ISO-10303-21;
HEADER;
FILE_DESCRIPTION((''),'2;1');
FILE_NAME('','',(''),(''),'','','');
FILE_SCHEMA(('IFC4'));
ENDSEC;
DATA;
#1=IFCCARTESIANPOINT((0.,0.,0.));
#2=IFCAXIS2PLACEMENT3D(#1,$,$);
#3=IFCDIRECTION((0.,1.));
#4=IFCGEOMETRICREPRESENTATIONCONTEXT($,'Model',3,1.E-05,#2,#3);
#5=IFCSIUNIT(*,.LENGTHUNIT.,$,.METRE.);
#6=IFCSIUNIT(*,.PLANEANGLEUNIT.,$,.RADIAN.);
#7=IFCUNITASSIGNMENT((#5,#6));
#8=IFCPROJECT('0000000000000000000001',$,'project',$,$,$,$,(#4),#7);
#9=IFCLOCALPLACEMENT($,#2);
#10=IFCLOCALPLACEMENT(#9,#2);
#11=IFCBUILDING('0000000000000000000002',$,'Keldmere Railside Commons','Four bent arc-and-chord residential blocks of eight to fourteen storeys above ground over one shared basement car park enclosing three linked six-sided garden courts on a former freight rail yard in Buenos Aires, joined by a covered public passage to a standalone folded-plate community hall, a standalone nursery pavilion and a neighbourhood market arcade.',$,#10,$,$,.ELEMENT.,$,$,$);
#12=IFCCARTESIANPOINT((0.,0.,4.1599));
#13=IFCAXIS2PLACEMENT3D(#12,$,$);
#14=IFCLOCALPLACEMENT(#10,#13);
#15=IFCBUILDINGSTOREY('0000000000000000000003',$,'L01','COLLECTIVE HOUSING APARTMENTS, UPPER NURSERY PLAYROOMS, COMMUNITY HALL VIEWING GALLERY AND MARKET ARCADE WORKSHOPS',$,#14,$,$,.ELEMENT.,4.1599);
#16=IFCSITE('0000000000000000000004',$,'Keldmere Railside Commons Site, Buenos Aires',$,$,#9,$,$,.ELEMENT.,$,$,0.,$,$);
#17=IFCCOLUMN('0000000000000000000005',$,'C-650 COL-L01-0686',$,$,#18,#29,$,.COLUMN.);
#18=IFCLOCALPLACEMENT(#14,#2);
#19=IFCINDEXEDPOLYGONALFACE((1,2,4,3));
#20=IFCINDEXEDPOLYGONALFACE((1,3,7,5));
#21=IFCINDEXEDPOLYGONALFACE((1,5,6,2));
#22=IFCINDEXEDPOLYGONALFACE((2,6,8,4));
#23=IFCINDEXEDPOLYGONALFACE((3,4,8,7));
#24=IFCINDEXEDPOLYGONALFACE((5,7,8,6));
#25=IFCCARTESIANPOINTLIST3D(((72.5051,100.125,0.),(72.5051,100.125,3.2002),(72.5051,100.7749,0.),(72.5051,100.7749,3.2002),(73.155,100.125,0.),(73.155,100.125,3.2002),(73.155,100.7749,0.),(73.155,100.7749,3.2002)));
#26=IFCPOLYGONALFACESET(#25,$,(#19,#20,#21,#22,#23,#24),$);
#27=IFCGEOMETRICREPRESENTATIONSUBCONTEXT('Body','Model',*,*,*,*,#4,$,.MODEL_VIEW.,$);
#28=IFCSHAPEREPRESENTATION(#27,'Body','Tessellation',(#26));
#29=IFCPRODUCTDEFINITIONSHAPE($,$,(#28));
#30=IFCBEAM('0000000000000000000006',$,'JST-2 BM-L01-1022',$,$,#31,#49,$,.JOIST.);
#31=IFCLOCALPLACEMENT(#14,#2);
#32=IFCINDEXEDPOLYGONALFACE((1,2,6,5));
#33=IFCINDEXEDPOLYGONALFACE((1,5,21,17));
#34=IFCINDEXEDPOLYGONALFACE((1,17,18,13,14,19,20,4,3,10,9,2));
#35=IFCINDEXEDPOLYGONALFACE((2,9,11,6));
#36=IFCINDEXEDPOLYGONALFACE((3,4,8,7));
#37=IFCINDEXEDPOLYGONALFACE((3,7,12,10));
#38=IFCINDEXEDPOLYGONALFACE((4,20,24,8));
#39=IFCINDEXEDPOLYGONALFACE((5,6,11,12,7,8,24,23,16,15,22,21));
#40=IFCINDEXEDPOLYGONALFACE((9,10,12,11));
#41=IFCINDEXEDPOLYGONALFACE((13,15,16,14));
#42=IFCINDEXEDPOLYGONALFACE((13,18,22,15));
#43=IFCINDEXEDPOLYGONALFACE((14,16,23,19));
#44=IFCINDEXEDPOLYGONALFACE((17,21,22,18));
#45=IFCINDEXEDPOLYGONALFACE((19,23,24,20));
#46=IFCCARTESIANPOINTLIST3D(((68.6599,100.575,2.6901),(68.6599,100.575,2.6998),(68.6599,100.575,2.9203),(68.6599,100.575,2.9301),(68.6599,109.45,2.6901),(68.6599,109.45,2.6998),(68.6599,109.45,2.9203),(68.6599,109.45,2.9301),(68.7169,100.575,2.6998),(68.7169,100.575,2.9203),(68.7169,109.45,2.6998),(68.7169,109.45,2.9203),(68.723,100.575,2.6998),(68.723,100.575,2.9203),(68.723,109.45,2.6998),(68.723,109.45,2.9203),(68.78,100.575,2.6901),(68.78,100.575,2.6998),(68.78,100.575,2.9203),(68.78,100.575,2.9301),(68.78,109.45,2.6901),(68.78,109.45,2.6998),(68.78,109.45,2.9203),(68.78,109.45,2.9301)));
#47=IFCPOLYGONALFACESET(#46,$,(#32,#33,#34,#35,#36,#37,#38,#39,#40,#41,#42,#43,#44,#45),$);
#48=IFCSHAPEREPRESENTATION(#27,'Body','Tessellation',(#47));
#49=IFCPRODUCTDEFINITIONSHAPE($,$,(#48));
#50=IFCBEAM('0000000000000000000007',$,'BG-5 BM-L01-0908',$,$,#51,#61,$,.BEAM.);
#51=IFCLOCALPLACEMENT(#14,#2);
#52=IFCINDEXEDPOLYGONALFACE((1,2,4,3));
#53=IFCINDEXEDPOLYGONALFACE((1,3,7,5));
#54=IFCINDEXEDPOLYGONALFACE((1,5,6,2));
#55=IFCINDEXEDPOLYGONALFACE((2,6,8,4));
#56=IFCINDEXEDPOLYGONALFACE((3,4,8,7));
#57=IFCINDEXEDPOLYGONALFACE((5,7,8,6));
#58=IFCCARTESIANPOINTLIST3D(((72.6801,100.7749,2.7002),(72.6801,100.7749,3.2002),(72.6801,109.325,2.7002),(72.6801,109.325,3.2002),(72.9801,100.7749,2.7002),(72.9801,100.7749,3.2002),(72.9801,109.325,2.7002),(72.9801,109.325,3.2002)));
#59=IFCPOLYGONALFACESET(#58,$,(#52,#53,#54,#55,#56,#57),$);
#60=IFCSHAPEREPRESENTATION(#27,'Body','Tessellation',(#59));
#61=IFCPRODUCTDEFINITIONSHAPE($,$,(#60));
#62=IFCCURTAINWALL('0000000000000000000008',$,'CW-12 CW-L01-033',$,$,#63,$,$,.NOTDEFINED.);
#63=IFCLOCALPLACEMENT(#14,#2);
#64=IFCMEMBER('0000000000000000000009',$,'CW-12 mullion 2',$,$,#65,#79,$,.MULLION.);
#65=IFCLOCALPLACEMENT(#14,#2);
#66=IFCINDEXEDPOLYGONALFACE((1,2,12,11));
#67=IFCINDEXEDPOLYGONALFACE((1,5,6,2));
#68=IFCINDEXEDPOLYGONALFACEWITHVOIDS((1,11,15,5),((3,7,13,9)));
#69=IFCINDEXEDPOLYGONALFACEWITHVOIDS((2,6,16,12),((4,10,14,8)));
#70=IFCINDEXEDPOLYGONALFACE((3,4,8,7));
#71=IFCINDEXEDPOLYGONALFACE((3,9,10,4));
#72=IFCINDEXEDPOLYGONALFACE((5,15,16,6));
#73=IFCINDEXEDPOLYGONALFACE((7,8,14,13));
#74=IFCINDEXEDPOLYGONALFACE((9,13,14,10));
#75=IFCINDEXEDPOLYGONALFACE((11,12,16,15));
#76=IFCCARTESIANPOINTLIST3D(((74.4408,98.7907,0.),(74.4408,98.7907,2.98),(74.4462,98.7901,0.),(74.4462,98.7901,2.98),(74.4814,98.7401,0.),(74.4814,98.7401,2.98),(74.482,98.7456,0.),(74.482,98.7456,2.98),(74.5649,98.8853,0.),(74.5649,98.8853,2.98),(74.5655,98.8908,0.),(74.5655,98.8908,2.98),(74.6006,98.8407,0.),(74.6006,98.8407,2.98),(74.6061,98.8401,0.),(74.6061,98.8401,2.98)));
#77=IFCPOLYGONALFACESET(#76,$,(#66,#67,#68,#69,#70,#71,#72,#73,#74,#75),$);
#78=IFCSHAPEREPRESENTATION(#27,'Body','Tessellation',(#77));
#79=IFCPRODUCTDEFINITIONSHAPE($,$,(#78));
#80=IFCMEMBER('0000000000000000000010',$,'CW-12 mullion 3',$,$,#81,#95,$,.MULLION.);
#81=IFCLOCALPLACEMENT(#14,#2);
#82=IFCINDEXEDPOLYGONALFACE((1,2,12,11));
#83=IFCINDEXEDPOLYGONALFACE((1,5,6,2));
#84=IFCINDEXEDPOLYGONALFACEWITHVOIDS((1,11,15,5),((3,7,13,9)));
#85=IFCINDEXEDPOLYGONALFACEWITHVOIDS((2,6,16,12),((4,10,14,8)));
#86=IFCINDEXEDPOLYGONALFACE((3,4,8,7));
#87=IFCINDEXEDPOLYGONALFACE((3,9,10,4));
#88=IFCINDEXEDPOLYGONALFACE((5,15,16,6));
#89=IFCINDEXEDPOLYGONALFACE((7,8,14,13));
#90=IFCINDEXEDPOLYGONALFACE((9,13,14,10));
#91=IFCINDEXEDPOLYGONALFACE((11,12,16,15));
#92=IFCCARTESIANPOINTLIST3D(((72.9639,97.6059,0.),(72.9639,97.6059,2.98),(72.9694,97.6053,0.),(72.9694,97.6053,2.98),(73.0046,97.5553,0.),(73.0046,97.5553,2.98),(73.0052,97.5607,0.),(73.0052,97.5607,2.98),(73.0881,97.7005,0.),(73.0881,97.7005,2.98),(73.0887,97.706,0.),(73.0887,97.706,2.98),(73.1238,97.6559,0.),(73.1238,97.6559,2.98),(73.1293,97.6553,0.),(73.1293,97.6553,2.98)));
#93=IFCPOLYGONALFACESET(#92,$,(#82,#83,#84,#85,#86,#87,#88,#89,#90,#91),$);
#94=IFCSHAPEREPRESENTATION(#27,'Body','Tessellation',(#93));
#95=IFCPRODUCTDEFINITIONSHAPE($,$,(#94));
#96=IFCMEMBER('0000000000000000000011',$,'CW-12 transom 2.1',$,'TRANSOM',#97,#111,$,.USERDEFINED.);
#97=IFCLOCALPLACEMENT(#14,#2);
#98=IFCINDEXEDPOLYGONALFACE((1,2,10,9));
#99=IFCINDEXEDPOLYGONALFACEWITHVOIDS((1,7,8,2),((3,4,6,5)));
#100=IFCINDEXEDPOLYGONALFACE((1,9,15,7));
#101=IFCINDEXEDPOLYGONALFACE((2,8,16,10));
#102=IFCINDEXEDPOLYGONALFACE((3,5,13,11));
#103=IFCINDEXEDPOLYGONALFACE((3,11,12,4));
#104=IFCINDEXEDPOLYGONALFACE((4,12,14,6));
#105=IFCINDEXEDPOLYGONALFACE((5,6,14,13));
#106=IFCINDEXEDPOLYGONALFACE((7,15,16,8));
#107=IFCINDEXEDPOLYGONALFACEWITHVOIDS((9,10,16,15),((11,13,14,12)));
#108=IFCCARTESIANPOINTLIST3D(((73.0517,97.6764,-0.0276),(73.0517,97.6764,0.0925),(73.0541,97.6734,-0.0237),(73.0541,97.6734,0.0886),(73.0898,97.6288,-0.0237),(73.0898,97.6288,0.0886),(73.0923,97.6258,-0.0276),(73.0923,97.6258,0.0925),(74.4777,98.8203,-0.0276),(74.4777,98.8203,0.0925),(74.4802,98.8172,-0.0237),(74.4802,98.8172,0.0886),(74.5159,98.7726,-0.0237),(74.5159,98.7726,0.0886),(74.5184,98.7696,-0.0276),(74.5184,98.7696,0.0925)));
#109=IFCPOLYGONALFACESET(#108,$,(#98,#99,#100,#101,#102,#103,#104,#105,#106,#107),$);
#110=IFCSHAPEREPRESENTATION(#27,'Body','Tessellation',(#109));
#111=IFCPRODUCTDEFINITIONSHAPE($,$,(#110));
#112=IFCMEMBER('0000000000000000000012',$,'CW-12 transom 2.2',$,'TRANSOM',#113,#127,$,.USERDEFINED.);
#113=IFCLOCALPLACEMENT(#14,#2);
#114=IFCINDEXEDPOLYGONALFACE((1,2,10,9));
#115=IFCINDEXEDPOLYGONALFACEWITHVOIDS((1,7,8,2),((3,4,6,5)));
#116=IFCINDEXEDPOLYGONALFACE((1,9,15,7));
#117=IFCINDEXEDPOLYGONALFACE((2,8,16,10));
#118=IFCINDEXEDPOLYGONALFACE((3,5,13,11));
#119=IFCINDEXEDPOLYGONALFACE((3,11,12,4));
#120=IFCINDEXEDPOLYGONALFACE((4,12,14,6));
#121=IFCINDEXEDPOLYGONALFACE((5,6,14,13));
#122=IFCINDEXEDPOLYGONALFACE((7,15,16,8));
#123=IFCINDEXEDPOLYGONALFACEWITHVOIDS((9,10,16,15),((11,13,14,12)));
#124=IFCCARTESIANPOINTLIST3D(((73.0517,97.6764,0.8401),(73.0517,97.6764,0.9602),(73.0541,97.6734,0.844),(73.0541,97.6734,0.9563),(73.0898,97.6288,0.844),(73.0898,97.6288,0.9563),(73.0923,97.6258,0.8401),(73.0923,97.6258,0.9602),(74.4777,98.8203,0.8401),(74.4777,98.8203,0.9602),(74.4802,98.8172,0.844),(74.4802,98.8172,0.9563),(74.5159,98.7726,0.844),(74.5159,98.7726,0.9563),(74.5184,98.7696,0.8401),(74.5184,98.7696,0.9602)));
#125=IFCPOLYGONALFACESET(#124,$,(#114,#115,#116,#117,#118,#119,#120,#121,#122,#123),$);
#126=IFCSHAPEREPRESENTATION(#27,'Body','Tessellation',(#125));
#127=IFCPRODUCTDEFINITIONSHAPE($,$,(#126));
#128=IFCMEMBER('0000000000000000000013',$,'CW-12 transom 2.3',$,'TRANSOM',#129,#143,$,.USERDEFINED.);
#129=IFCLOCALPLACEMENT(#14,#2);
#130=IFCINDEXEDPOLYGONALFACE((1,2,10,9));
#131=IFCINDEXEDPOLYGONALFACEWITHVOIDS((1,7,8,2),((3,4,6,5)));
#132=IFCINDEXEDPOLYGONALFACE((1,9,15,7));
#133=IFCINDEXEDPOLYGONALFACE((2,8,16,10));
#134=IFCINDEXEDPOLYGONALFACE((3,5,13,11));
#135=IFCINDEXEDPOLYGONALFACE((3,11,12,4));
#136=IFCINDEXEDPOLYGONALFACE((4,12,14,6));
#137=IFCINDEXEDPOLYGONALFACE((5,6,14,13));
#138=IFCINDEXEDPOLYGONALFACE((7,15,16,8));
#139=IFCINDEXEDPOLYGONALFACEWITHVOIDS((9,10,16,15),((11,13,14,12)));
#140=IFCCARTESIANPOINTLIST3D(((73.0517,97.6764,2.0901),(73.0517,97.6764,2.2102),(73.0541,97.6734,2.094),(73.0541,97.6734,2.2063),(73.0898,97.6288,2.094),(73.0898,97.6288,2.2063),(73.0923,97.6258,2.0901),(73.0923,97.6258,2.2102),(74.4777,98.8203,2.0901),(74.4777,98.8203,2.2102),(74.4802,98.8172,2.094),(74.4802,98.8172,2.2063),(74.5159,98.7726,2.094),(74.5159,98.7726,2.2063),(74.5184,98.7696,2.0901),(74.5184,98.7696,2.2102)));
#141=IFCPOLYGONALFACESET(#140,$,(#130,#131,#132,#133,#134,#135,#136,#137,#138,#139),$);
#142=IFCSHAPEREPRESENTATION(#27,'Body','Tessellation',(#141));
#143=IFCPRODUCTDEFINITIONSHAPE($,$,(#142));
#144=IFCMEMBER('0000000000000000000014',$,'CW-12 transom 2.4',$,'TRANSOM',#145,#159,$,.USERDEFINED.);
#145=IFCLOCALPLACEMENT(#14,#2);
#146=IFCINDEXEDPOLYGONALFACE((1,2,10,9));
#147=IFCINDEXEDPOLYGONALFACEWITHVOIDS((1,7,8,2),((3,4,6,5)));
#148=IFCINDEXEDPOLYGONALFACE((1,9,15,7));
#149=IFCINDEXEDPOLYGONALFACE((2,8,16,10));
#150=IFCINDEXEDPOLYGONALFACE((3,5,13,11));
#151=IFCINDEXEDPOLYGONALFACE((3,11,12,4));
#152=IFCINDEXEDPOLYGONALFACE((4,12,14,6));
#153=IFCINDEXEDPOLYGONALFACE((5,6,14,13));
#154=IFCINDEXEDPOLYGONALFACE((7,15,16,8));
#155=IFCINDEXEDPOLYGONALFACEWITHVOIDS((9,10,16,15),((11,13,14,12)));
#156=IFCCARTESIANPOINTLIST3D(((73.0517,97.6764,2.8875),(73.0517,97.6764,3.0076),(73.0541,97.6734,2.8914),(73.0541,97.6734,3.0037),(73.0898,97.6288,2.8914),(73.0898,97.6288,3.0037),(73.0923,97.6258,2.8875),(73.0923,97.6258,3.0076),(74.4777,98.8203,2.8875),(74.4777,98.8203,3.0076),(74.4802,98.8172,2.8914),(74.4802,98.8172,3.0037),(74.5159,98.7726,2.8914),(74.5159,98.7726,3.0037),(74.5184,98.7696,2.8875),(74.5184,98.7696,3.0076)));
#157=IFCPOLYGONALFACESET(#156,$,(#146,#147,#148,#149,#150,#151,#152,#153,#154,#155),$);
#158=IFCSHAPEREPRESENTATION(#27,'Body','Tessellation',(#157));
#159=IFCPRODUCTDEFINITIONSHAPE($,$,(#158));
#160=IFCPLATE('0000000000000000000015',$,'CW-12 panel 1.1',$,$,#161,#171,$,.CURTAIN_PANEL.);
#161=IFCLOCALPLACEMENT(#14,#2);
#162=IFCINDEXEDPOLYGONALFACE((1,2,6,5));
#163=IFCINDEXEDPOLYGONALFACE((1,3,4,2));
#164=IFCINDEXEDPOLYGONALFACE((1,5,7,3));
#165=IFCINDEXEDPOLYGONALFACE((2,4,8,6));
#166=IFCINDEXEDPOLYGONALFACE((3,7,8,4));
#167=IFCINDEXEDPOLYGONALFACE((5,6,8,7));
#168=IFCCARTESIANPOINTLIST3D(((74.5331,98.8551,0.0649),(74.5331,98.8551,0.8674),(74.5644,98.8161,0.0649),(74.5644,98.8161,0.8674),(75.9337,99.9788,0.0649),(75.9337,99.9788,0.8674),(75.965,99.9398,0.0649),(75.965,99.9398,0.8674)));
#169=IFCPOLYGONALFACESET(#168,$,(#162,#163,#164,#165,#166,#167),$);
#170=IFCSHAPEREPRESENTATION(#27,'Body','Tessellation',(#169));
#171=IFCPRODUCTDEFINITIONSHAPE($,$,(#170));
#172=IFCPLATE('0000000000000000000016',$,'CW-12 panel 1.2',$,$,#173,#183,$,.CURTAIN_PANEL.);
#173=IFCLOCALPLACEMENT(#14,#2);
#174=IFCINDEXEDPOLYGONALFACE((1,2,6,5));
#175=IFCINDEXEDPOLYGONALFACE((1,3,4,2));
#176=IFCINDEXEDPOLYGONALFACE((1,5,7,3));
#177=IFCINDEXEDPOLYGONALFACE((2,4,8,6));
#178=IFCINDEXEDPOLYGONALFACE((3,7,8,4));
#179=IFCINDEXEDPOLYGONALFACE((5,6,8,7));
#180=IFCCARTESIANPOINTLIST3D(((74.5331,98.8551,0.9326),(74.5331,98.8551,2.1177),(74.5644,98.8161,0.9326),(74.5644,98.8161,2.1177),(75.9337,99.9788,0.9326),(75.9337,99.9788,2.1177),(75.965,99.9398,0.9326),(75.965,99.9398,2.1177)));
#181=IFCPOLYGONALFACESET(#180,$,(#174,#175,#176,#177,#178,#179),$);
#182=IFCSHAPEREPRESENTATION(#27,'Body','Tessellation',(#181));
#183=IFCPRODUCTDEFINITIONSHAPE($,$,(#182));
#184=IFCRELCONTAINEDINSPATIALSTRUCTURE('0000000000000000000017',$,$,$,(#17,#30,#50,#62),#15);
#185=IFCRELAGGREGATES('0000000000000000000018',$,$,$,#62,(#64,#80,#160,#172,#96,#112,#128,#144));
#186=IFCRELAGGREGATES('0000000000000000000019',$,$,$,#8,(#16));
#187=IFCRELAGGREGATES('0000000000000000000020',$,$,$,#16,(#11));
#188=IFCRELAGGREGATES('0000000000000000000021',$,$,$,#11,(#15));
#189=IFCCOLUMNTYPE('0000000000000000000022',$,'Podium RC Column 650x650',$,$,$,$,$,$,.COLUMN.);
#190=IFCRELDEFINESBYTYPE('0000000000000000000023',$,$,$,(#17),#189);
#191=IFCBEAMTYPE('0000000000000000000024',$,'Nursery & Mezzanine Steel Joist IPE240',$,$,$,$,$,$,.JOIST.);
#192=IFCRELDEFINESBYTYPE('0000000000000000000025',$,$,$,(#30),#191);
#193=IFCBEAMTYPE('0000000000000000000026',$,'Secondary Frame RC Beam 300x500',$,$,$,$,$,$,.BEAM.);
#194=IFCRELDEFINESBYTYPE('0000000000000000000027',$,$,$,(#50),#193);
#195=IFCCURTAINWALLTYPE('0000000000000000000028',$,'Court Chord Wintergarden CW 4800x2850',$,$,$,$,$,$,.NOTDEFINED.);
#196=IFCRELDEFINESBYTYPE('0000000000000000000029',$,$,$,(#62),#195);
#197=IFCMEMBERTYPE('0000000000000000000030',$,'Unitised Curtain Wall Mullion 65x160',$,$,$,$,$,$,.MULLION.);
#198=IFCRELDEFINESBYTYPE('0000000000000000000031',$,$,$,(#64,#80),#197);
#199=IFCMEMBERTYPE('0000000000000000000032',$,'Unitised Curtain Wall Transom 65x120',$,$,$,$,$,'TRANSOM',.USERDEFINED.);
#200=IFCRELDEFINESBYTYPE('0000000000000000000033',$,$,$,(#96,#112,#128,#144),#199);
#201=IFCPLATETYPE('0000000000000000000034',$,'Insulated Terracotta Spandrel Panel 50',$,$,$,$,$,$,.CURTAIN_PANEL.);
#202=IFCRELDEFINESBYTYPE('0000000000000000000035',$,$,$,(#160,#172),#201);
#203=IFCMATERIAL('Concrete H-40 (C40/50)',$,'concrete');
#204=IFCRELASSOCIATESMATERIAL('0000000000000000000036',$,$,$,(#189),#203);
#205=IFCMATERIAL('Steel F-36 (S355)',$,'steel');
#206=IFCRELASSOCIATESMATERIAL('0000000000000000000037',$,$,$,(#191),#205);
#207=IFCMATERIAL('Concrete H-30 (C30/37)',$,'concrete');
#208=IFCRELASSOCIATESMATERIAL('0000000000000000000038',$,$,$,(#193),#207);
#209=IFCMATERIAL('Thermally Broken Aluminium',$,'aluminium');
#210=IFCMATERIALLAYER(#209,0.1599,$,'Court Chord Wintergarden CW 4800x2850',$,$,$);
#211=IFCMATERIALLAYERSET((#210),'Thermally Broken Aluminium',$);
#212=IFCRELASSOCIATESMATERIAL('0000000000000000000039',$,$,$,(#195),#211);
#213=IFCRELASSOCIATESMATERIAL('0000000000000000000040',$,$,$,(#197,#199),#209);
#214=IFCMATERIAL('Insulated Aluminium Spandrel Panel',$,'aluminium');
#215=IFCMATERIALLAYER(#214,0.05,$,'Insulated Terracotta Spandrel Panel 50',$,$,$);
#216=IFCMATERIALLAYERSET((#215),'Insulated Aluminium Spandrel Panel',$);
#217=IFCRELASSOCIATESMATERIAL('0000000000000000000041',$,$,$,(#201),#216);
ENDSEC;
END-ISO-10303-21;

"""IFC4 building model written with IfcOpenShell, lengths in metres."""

from ifc_helpers import new_model, si_unit, direction, frame, origin, origin_2d, place, context, subcontext, project, spatial, rectangle, hollow_rectangle, i_section, extrude, material, layer, layer_set, material_profile, profile_set, type_object, element, aggregate, save


model = new_model("IFC4")

# Units and contexts
model_context = context("Model", 3, precision=1e-05, world=origin(), true_north=direction((0.0, 1.0)))
body_context = subcontext(model_context, "Body", "Model", "MODEL_VIEW")
ifc_project = project(units=[si_unit("LENGTHUNIT", "METRE"), si_unit("PLANEANGLEUNIT", "RADIAN")], contexts=[model_context])

# Site, building, storey
site_placement = place(None, origin())
site = spatial("IfcSite", under=ifc_project, at=site_placement, Name="Keldmere Railside Commons Site, Buenos Aires", CompositionType="ELEMENT", RefElevation=0.0)
building_placement = place(site_placement, origin())
building = spatial("IfcBuilding", under=site, at=building_placement, Name="Keldmere Railside Commons", Description="Four bent arc-and-chord residential blocks of eight to fourteen storeys above ground over one shared basement car park enclosing three linked six-sided garden courts on a former freight rail yard in Buenos Aires, joined by a covered public passage to a standalone folded-plate community hall, a standalone nursery pavilion and a neighbourhood market arcade.", CompositionType="ELEMENT")
storey_placement = place(building_placement, frame((0.0, 0.0, 4.1599)))
storey = spatial("IfcBuildingStorey", under=building, at=storey_placement, Name="L01", Description="COLLECTIVE HOUSING APARTMENTS, UPPER NURSERY PLAYROOMS, COMMUNITY HALL VIEWING GALLERY AND MARKET ARCADE WORKSHOPS", CompositionType="ELEMENT", Elevation=4.1599)

# Column
ifc_material_1 = material(Name="Concrete H-40 (C40/50)", Category="concrete")
ifc_material_profile_1 = material_profile(ifc_material_1, rectangle(XDim=0.6499, YDim=0.6499, at=origin_2d()), Name="RC-650x650")
ifc_profile_set_1 = profile_set([ifc_material_profile_1], Name="Concrete H-40 (C40/50)")
column_type = type_object("IfcColumnType", Name="Podium RC Column 650x650", PredefinedType="COLUMN", material=ifc_profile_set_1)
column_placement = place(storey_placement, frame((72.8301, 100.45, 0.0), z_axis=(0.0, 0.0, 1.0), x_axis=(1.0, 0.0, 0.0)))
element("IfcColumn", 1, at=column_placement, inside=storey, type_object=column_type, Name="C-650 COL-L01-0686", PredefinedType="COLUMN", context=body_context, shape_type="SweptSolid", body=[
    extrude(rectangle(XDim=0.6499, YDim=0.6499, at=origin_2d()), origin(), (0.0, 0.0, 1.0), 3.2002),
])

# Beams
ifc_material_2 = material(Name="Steel F-36 (S355)", Category="steel")
ifc_material_profile_2 = material_profile(ifc_material_2, i_section(OverallWidth=0.1201, OverallDepth=0.24, WebThickness=0.0061, FlangeThickness=0.0098, at=origin_2d()), Name="IPE-240")
ifc_profile_set_2 = profile_set([ifc_material_profile_2], Name="Steel F-36 (S355)")
beam_type_1 = type_object("IfcBeamType", Name="Nursery & Mezzanine Steel Joist IPE240", PredefinedType="JOIST", material=ifc_profile_set_2)
beam_1_placement = place(storey_placement, frame((68.72, 100.575, 2.8101), z_axis=(0.0, 1.0, 0.0), x_axis=(-1.0, 0.0, 0.0)))
element("IfcBeam", 2, at=beam_1_placement, inside=storey, type_object=beam_type_1, Name="JST-2 BM-L01-1022", PredefinedType="JOIST", context=body_context, shape_type="SweptSolid", body=[
    extrude(i_section(OverallWidth=0.1201, OverallDepth=0.24, WebThickness=0.0061, FlangeThickness=0.0098, at=origin_2d()), origin(), (0.0, 0.0, 1.0), 8.875),
])
ifc_material_3 = material(Name="Concrete H-30 (C30/37)", Category="concrete")
ifc_material_profile_3 = material_profile(ifc_material_3, rectangle(XDim=0.3, YDim=0.5, at=origin_2d()), Name="RC-300x500")
ifc_profile_set_3 = profile_set([ifc_material_profile_3], Name="Concrete H-30 (C30/37)")
beam_type_2 = type_object("IfcBeamType", Name="Secondary Frame RC Beam 300x500", PredefinedType="BEAM", material=ifc_profile_set_3)
beam_2_placement = place(storey_placement, frame((72.8301, 100.7749, 2.9502), z_axis=(0.0, 1.0, 0.0), x_axis=(-1.0, 0.0, 0.0)))
element("IfcBeam", 3, at=beam_2_placement, inside=storey, type_object=beam_type_2, Name="BG-5 BM-L01-0908", PredefinedType="BEAM", context=body_context, shape_type="SweptSolid", body=[
    extrude(rectangle(XDim=0.3, YDim=0.5, at=origin_2d()), origin(), (0.0, 0.0, 1.0), 8.55),
])

# Curtain wall, members, plates
ifc_material_4 = material(Name="Thermally Broken Aluminium", Category="aluminium")
ifc_layer_1 = layer(ifc_material_4, 0.1599, Name="Court Chord Wintergarden CW 4800x2850")
ifc_layer_set_1 = layer_set([ifc_layer_1], Name="Thermally Broken Aluminium")
curtain_wall_type = type_object("IfcCurtainWallType", Name="Court Chord Wintergarden CW 4800x2850", PredefinedType="NOTDEFINED", material=ifc_layer_set_1)
curtain_wall_placement = place(storey_placement, origin())
curtain_wall = element("IfcCurtainWall", 4, at=curtain_wall_placement, inside=storey, type_object=curtain_wall_type, Name="CW-12 CW-L01-033", PredefinedType="NOTDEFINED")
ifc_material_profile_4 = material_profile(ifc_material_4, hollow_rectangle(XDim=0.0649, YDim=0.1599, WallThickness=0.0039, at=origin_2d()), Name="ALU-MULL-65x160")
ifc_profile_set_4 = profile_set([ifc_material_profile_4], Name="Thermally Broken Aluminium")
member_type_1 = type_object("IfcMemberType", Name="Unitised Curtain Wall Mullion 65x160", PredefinedType="MULLION", material=ifc_profile_set_4)
member_1_placement = place(storey_placement, frame((74.5234, 98.8154, 0.0), z_axis=(0.0, 0.0, 1.0), x_axis=(0.625768, -0.780009, 0.0)))
member_1 = element("IfcMember", 5, at=member_1_placement, type_object=member_type_1, Name="CW-12 mullion 2", PredefinedType="MULLION", context=body_context, shape_type="SweptSolid", body=[
    extrude(hollow_rectangle(XDim=0.0649, YDim=0.1599, WallThickness=0.0039, at=origin_2d()), origin(), (0.0, 0.0, 1.0), 2.98),
])
member_2_placement = place(storey_placement, frame((73.0466, 97.6306, 0.0), z_axis=(0.0, 0.0, 1.0), x_axis=(0.625768, -0.780009, 0.0)))
member_2 = element("IfcMember", 6, at=member_2_placement, type_object=member_type_1, Name="CW-12 mullion 3", PredefinedType="MULLION", context=body_context, shape_type="SweptSolid", body=[
    extrude(hollow_rectangle(XDim=0.0649, YDim=0.1599, WallThickness=0.0039, at=origin_2d()), origin(), (0.0, 0.0, 1.0), 2.98),
])
ifc_material_profile_5 = material_profile(ifc_material_4, hollow_rectangle(XDim=0.0649, YDim=0.1201, WallThickness=0.0039, at=origin_2d()), Name="ALU-TRAN-65x120")
ifc_profile_set_5 = profile_set([ifc_material_profile_5], Name="Thermally Broken Aluminium")
member_type_2 = type_object("IfcMemberType", Name="Unitised Curtain Wall Transom 65x120", ElementType="TRANSOM", PredefinedType="USERDEFINED", material=ifc_profile_set_5)
member_3_placement = place(storey_placement, frame((74.498, 98.7949, 0.0325), z_axis=(-0.780073, -0.625688, 0.0), x_axis=(0.625688, -0.780073, 0.0)))
member_3 = element("IfcMember", 7, at=member_3_placement, type_object=member_type_2, Name="CW-12 transom 2.1", ObjectType="TRANSOM", PredefinedType="USERDEFINED", context=body_context, shape_type="SweptSolid", body=[
    extrude(hollow_rectangle(XDim=0.0649, YDim=0.1201, WallThickness=0.0039, at=origin_2d()), origin(), (0.0, 0.0, 1.0), 1.8281),
])
member_4_placement = place(storey_placement, frame((74.498, 98.7949, 0.9001), z_axis=(-0.780073, -0.625688, 0.0), x_axis=(0.625688, -0.780073, 0.0)))
member_4 = element("IfcMember", 8, at=member_4_placement, type_object=member_type_2, Name="CW-12 transom 2.2", ObjectType="TRANSOM", PredefinedType="USERDEFINED", context=body_context, shape_type="SweptSolid", body=[
    extrude(hollow_rectangle(XDim=0.0649, YDim=0.1201, WallThickness=0.0039, at=origin_2d()), origin(), (0.0, 0.0, 1.0), 1.8281),
])
member_5_placement = place(storey_placement, frame((74.498, 98.7949, 2.1501), z_axis=(-0.780073, -0.625688, 0.0), x_axis=(0.625688, -0.780073, 0.0)))
member_5 = element("IfcMember", 9, at=member_5_placement, type_object=member_type_2, Name="CW-12 transom 2.3", ObjectType="TRANSOM", PredefinedType="USERDEFINED", context=body_context, shape_type="SweptSolid", body=[
    extrude(hollow_rectangle(XDim=0.0649, YDim=0.1201, WallThickness=0.0039, at=origin_2d()), origin(), (0.0, 0.0, 1.0), 1.8281),
])
member_6_placement = place(storey_placement, frame((74.498, 98.7949, 2.9475), z_axis=(-0.780073, -0.625688, 0.0), x_axis=(0.625688, -0.780073, 0.0)))
member_6 = element("IfcMember", 10, at=member_6_placement, type_object=member_type_2, Name="CW-12 transom 2.4", ObjectType="TRANSOM", PredefinedType="USERDEFINED", context=body_context, shape_type="SweptSolid", body=[
    extrude(hollow_rectangle(XDim=0.0649, YDim=0.1201, WallThickness=0.0039, at=origin_2d()), origin(), (0.0, 0.0, 1.0), 1.8281),
])
ifc_material_5 = material(Name="Insulated Aluminium Spandrel Panel", Category="aluminium")
ifc_layer_2 = layer(ifc_material_5, 0.05, Name="Insulated Terracotta Spandrel Panel 50")
ifc_layer_set_2 = layer_set([ifc_layer_2], Name="Insulated Aluminium Spandrel Panel")
plate_type = type_object("IfcPlateType", Name="Insulated Terracotta Spandrel Panel 50", PredefinedType="CURTAIN_PANEL", material=ifc_layer_set_2)
plate_1_placement = place(storey_placement, frame((75.249, 99.3975, 0.0649), z_axis=(0.0, 0.0, 1.0), x_axis=(-0.780009, -0.625768, 0.0)))
plate_1 = element("IfcPlate", 11, at=plate_1_placement, type_object=plate_type, Name="CW-12 panel 1.1", PredefinedType="CURTAIN_PANEL", context=body_context, shape_type="SweptSolid", body=[
    extrude(rectangle(XDim=1.7957, YDim=0.05, at=origin_2d()), origin(), (0.0, 0.0, 1.0), 0.8025),
])
plate_2_placement = place(storey_placement, frame((75.249, 99.3975, 0.9326), z_axis=(0.0, 0.0, 1.0), x_axis=(-0.780009, -0.625768, 0.0)))
plate_2 = element("IfcPlate", 12, at=plate_2_placement, type_object=plate_type, Name="CW-12 panel 1.2", PredefinedType="CURTAIN_PANEL", context=body_context, shape_type="SweptSolid", body=[
    extrude(rectangle(XDim=1.7957, YDim=0.05, at=origin_2d()), origin(), (0.0, 0.0, 1.0), 1.1851),
])
aggregate(curtain_wall, [member_1, member_2, plate_1, plate_2, member_3, member_4, member_5, member_6])

save(model, "model.ifc")
